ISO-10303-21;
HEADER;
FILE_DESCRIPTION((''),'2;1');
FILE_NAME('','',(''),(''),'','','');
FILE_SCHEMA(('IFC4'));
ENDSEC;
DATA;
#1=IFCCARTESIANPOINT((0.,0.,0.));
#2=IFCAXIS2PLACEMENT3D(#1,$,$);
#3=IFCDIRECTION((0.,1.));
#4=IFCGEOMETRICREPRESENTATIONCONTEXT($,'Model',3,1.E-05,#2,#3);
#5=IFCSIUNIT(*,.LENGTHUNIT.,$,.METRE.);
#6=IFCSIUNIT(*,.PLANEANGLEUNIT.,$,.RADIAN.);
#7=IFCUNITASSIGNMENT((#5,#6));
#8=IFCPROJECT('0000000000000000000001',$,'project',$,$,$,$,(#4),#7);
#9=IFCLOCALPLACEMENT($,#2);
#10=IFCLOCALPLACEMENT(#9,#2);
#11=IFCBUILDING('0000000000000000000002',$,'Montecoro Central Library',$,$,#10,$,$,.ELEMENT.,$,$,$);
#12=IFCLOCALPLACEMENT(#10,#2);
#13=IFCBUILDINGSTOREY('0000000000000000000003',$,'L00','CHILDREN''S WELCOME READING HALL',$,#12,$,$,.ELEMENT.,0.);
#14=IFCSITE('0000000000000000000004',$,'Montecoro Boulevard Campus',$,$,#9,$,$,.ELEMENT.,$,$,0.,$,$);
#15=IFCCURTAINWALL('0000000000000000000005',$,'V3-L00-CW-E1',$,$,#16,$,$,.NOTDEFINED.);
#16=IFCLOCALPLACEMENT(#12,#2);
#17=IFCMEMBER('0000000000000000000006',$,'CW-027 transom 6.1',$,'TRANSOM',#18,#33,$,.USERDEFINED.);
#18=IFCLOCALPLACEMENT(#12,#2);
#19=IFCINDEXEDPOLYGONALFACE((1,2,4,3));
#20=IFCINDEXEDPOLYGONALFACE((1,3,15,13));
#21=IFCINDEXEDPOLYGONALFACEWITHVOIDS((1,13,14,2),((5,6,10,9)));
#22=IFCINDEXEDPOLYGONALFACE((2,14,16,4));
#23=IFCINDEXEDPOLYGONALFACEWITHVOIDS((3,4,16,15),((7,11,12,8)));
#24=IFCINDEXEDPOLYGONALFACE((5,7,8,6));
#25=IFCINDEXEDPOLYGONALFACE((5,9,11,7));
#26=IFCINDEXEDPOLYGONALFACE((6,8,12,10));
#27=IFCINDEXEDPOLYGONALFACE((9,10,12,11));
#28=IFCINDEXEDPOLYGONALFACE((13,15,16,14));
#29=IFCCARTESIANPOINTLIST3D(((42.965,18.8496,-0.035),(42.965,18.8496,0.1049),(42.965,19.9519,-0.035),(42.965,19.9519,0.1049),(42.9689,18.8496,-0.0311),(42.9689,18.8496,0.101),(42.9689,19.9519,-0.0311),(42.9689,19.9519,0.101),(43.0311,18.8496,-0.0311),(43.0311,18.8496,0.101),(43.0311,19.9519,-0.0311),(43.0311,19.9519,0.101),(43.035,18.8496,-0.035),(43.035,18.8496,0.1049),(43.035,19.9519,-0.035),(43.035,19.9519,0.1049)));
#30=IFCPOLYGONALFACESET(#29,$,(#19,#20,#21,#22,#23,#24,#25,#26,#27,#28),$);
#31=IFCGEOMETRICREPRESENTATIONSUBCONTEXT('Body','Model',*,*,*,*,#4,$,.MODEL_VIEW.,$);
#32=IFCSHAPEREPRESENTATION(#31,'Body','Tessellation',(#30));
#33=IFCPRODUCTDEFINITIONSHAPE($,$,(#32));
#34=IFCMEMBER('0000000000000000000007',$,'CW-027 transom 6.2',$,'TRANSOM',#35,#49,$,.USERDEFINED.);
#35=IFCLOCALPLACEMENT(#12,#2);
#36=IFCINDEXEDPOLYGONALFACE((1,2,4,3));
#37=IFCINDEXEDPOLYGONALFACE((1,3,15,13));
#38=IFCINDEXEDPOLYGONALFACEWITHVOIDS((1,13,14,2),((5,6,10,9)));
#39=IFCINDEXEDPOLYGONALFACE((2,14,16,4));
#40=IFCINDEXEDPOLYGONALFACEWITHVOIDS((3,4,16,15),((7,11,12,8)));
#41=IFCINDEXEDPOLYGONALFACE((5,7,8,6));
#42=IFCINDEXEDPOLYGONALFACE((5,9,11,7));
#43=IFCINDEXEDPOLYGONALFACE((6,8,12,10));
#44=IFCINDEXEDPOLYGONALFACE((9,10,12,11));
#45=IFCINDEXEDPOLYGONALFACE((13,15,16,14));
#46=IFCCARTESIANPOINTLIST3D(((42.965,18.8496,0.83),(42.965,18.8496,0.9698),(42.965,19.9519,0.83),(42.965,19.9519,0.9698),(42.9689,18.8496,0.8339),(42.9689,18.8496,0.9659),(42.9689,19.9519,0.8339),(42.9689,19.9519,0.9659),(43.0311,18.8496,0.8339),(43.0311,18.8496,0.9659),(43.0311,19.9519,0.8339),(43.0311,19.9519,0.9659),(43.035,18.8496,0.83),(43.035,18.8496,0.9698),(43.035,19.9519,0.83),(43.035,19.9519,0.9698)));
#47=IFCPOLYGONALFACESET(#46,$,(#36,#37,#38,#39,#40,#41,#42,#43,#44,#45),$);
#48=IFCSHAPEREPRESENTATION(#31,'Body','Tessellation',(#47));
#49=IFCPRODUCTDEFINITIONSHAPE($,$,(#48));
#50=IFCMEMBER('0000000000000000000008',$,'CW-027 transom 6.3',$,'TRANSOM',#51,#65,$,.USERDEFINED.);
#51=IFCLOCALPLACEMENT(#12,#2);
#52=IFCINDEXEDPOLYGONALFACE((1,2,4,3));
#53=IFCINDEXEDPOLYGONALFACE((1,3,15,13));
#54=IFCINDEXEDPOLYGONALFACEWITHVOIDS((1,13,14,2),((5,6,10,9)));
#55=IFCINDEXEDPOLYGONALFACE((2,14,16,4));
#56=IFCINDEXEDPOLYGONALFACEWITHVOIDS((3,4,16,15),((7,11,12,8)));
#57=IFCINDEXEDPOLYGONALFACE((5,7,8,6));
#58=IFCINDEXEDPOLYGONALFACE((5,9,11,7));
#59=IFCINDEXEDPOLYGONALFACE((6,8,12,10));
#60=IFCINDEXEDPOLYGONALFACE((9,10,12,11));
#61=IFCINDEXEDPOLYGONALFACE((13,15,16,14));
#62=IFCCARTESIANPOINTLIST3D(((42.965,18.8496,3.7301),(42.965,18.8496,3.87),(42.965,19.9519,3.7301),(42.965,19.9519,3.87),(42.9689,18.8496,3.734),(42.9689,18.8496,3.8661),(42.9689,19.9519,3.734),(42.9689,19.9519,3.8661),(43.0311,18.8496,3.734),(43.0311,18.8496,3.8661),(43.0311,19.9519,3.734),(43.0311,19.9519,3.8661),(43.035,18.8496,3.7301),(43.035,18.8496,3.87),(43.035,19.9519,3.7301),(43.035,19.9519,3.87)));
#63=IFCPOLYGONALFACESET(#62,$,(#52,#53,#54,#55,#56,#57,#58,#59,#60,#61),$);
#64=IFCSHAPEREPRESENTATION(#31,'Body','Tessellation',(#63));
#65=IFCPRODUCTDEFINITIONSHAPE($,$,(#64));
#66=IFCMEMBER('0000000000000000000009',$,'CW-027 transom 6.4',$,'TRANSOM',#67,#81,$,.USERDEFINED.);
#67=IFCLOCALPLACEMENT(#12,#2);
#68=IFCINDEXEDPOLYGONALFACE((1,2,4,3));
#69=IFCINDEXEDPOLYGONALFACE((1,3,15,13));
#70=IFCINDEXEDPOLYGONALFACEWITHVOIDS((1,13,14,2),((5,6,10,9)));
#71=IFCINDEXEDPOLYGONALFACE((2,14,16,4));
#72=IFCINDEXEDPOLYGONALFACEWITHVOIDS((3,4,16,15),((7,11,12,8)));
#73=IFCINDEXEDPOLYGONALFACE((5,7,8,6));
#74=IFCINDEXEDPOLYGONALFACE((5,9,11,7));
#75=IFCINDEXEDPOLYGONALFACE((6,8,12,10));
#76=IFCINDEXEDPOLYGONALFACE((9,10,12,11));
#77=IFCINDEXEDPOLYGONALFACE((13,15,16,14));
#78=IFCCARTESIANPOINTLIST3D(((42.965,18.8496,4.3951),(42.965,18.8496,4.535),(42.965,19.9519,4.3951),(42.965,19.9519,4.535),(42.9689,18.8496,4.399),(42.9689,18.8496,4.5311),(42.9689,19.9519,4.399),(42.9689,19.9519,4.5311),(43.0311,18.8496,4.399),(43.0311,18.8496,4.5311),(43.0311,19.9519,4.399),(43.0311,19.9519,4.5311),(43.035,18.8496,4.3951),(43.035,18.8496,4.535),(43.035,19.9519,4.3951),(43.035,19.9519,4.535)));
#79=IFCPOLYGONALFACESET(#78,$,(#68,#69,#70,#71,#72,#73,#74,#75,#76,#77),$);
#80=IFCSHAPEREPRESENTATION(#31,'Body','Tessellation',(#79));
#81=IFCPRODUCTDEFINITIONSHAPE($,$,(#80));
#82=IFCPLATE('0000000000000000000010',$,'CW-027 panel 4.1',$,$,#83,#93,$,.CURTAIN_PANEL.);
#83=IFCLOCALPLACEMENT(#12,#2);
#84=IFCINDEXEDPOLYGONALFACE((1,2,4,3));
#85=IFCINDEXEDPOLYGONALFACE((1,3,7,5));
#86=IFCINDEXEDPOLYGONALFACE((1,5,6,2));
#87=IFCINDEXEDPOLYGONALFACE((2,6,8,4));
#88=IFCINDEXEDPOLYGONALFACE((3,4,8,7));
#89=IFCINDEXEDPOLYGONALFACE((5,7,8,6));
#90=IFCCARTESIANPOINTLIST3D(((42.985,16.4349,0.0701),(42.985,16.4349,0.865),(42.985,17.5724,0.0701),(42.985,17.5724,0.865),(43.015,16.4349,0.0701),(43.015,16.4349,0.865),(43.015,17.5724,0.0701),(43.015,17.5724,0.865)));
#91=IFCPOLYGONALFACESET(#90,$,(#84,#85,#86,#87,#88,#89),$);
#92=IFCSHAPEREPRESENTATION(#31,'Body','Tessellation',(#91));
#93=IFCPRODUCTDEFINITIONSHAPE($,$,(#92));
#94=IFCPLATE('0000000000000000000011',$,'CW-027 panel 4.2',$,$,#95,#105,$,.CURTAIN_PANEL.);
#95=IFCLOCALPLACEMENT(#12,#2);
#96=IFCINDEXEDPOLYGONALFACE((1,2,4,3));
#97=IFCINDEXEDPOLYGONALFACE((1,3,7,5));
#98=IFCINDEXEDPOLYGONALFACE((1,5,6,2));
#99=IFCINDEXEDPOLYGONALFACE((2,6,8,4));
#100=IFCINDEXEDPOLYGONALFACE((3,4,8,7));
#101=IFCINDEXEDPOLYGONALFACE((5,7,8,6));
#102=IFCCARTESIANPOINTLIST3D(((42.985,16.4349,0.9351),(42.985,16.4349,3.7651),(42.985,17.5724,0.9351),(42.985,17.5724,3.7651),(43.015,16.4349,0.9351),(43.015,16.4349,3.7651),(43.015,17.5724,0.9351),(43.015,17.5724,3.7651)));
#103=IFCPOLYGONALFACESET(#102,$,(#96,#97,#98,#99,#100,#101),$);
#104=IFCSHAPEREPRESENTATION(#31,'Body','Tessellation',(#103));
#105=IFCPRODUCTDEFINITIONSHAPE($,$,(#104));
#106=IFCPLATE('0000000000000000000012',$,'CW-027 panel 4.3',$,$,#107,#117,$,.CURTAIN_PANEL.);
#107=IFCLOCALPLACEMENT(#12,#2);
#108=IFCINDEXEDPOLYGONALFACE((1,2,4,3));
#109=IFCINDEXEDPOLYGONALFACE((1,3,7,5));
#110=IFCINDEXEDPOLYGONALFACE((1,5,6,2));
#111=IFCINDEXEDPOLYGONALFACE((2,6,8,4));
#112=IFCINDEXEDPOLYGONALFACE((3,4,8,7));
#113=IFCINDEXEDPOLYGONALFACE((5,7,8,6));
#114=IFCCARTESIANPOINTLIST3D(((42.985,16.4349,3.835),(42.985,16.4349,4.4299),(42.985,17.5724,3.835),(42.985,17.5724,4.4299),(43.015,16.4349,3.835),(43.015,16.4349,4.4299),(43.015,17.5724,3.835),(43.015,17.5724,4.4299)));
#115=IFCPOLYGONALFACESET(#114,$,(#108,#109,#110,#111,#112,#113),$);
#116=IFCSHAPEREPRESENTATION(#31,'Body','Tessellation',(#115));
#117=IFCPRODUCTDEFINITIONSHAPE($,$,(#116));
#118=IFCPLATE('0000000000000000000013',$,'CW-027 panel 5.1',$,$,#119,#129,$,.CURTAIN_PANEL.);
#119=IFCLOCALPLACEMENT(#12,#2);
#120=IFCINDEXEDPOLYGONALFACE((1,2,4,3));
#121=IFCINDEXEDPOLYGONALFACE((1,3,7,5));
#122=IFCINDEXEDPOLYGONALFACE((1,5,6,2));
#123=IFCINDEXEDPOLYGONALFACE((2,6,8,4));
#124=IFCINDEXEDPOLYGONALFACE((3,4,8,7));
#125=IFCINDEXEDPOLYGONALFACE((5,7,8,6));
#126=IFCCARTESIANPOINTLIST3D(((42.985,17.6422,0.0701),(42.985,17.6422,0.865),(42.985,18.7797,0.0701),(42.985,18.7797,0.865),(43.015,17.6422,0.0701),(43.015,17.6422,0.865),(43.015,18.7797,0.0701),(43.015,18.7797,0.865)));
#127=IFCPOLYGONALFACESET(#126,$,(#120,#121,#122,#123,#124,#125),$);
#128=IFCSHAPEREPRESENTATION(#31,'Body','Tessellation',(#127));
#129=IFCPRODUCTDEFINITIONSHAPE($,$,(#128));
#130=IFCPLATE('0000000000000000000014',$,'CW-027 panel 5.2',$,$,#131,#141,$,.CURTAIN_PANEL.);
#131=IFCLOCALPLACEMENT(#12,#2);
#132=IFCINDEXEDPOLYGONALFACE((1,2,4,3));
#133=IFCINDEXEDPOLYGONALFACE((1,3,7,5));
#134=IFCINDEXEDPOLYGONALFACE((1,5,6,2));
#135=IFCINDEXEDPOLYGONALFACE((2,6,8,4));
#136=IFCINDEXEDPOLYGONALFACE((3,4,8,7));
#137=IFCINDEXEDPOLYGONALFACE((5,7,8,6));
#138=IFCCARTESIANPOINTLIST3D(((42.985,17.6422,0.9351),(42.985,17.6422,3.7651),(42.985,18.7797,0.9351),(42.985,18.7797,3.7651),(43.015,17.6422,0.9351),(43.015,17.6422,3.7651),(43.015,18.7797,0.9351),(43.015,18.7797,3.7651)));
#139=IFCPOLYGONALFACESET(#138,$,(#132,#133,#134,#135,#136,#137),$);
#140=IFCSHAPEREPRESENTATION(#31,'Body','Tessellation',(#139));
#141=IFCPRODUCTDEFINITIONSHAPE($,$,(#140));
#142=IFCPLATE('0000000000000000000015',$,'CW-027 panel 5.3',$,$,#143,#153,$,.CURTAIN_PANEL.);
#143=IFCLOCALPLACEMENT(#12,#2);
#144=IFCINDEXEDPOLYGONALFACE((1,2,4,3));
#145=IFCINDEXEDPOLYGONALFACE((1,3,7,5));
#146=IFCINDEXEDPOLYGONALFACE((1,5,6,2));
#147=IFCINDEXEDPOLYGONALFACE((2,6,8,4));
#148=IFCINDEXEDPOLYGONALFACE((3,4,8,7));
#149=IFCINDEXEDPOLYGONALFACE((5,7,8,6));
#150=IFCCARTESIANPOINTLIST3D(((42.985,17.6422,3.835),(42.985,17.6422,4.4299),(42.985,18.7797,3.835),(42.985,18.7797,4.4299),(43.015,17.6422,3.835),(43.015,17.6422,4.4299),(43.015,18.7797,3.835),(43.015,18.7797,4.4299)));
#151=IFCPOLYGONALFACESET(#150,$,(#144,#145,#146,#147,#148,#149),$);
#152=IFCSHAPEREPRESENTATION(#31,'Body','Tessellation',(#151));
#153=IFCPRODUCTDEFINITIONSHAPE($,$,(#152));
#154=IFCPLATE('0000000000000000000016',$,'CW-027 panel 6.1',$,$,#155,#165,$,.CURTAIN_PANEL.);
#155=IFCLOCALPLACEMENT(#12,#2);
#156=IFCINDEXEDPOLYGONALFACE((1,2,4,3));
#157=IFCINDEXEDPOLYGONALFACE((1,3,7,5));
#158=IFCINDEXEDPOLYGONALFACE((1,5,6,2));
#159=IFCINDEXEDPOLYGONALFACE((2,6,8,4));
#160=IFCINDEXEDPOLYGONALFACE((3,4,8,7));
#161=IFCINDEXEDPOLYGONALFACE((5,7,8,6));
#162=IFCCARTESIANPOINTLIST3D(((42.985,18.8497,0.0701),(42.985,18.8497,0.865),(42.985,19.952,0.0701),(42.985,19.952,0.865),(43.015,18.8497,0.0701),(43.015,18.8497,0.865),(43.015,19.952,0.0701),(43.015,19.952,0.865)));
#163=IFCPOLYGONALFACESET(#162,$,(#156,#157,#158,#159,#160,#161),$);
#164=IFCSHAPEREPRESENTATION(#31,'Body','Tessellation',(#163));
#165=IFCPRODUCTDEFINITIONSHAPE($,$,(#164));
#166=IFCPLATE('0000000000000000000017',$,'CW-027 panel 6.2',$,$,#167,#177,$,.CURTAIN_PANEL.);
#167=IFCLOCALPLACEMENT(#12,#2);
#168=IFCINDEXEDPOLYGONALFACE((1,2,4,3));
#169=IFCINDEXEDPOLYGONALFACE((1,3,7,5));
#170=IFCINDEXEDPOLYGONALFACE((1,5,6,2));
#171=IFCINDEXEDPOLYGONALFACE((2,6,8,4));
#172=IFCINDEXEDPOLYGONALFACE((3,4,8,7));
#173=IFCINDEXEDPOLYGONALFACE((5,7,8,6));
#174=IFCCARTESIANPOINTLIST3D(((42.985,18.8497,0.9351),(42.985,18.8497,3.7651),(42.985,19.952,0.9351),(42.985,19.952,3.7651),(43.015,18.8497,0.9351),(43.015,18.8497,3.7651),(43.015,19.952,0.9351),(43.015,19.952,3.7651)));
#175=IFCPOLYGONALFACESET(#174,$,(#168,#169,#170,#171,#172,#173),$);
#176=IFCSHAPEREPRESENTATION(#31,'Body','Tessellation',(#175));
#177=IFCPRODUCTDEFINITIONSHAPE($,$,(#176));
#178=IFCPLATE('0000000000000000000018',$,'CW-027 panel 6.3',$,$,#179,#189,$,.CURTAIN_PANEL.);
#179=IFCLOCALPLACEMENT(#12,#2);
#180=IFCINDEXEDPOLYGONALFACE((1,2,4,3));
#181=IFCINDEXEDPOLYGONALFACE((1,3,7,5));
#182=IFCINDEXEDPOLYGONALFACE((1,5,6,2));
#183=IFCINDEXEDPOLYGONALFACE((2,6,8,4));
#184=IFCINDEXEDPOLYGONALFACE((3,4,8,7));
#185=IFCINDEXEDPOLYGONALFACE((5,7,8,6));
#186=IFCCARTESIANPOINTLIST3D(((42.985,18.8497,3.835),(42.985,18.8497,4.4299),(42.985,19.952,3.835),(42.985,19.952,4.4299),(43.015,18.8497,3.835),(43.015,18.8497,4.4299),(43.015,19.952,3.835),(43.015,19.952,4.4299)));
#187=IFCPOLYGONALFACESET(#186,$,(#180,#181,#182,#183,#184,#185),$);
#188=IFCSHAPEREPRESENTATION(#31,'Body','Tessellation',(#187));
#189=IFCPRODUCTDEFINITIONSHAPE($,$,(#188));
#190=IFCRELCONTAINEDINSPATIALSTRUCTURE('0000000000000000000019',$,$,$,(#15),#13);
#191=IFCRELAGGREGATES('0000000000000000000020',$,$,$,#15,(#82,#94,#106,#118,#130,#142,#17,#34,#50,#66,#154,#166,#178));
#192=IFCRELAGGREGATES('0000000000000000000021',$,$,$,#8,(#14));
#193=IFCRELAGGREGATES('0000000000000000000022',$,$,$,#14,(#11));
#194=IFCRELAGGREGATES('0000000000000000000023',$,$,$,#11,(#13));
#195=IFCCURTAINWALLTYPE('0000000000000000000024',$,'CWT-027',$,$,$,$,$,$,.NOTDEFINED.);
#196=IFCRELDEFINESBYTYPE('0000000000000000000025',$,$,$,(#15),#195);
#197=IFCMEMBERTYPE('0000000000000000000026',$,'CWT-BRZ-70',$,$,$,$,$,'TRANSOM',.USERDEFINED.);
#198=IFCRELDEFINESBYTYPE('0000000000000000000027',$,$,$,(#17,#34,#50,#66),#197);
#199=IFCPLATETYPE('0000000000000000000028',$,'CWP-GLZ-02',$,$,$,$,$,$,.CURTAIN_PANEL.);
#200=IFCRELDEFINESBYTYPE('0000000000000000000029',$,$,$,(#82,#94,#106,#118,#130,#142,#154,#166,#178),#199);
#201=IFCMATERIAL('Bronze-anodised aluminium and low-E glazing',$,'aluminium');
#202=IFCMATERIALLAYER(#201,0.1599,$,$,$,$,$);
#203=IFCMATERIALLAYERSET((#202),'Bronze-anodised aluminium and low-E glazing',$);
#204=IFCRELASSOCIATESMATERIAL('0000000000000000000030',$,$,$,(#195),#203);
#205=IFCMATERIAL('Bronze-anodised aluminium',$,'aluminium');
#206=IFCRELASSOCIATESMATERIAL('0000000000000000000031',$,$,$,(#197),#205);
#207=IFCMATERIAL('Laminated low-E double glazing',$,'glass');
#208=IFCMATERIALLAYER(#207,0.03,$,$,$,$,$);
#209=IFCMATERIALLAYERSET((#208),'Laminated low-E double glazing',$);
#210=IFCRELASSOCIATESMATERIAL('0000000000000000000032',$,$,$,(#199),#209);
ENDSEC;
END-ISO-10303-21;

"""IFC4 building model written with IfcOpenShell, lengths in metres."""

from ifc_helpers import new_model, si_unit, direction, frame, origin, origin_2d, place, context, subcontext, project, spatial, rectangle, hollow_rectangle, extrude, material, layer, layer_set, material_profile, profile_set, type_object, element, aggregate, save


model = new_model("IFC4")

# Units and contexts
model_context = context("Model", 3, precision=1e-05, world=origin(), true_north=direction((0.0, 1.0)))
body_context = subcontext(model_context, "Body", "Model", "MODEL_VIEW")
ifc_project = project(units=[si_unit("LENGTHUNIT", "METRE"), si_unit("PLANEANGLEUNIT", "RADIAN")], contexts=[model_context])

# Site, building, storey
site_placement = place(None, origin())
site = spatial("IfcSite", under=ifc_project, at=site_placement, Name="Montecoro Boulevard Campus", CompositionType="ELEMENT", RefElevation=0.0)
building_placement = place(site_placement, origin())
building = spatial("IfcBuilding", under=site, at=building_placement, Name="Montecoro Central Library", CompositionType="ELEMENT")
storey_placement = place(building_placement, origin())
storey = spatial("IfcBuildingStorey", under=building, at=storey_placement, Name="L00", Description="CHILDREN'S WELCOME READING HALL", CompositionType="ELEMENT", Elevation=0.0)

# Curtain wall, members, plates
ifc_material_1 = material(Name="Bronze-anodised aluminium and low-E glazing", Category="aluminium")
ifc_layer_1 = layer(ifc_material_1, 0.1599)
ifc_layer_set_1 = layer_set([ifc_layer_1], Name="Bronze-anodised aluminium and low-E glazing")
curtain_wall_type = type_object("IfcCurtainWallType", Name="CWT-027", PredefinedType="NOTDEFINED", material=ifc_layer_set_1)
curtain_wall_placement = place(storey_placement, origin())
curtain_wall = element("IfcCurtainWall", 1, at=curtain_wall_placement, inside=storey, type_object=curtain_wall_type, Name="V3-L00-CW-E1", PredefinedType="NOTDEFINED")
ifc_material_2 = material(Name="Bronze-anodised aluminium", Category="aluminium")
ifc_material_profile_1 = material_profile(ifc_material_2, hollow_rectangle(XDim=0.0701, YDim=0.1399, WallThickness=0.0039, at=origin_2d()), Name="CWT 140x70x4.0")
ifc_profile_set_1 = profile_set([ifc_material_profile_1], Name="Bronze-anodised aluminium")
member_type_1 = type_object("IfcMemberType", Name="CWT-BRZ-70", ElementType="TRANSOM", PredefinedType="USERDEFINED", material=ifc_profile_set_1)
member_1_placement = place(storey_placement, frame((43.0, 18.8496, 0.0349), z_axis=(0.0, 1.0, 0.0), x_axis=(-1.0, 0.0, 0.0)))
member_1 = element("IfcMember", 2, at=member_1_placement, type_object=member_type_1, Name="CW-027 transom 6.1", ObjectType="TRANSOM", PredefinedType="USERDEFINED", context=body_context, shape_type="SweptSolid", body=[
    extrude(hollow_rectangle(XDim=0.0701, YDim=0.1399, WallThickness=0.0039, at=origin_2d()), origin(), (0.0, 0.0, 1.0), 1.1023),
])
member_2_placement = place(storey_placement, frame((43.0, 18.8496, 0.8999), z_axis=(0.0, 1.0, 0.0), x_axis=(-1.0, 0.0, 0.0)))
member_2 = element("IfcMember", 3, at=member_2_placement, type_object=member_type_1, Name="CW-027 transom 6.2", ObjectType="TRANSOM", PredefinedType="USERDEFINED", context=body_context, shape_type="SweptSolid", body=[
    extrude(hollow_rectangle(XDim=0.0701, YDim=0.1399, WallThickness=0.0039, at=origin_2d()), origin(), (0.0, 0.0, 1.0), 1.1023),
])
member_3_placement = place(storey_placement, frame((43.0, 18.8496, 3.8), z_axis=(0.0, 1.0, 0.0), x_axis=(-1.0, 0.0, 0.0)))
member_3 = element("IfcMember", 4, at=member_3_placement, type_object=member_type_1, Name="CW-027 transom 6.3", ObjectType="TRANSOM", PredefinedType="USERDEFINED", context=body_context, shape_type="SweptSolid", body=[
    extrude(hollow_rectangle(XDim=0.0701, YDim=0.1399, WallThickness=0.0039, at=origin_2d()), origin(), (0.0, 0.0, 1.0), 1.1023),
])
member_4_placement = place(storey_placement, frame((43.0, 18.8496, 4.4651), z_axis=(0.0, 1.0, 0.0), x_axis=(-1.0, 0.0, 0.0)))
member_4 = element("IfcMember", 5, at=member_4_placement, type_object=member_type_1, Name="CW-027 transom 6.4", ObjectType="TRANSOM", PredefinedType="USERDEFINED", context=body_context, shape_type="SweptSolid", body=[
    extrude(hollow_rectangle(XDim=0.0701, YDim=0.1399, WallThickness=0.0039, at=origin_2d()), origin(), (0.0, 0.0, 1.0), 1.1023),
])
ifc_material_3 = material(Name="Laminated low-E double glazing", Category="glass")
ifc_layer_2 = layer(ifc_material_3, 0.03)
ifc_layer_set_2 = layer_set([ifc_layer_2], Name="Laminated low-E double glazing")
plate_type = type_object("IfcPlateType", Name="CWP-GLZ-02", PredefinedType="CURTAIN_PANEL", material=ifc_layer_set_2)
plate_1_placement = place(storey_placement, frame((43.0, 17.0037, 0.0701), z_axis=(0.0, 0.0, 1.0), x_axis=(0.0, 1.0, 0.0)))
plate_1 = element("IfcPlate", 6, at=plate_1_placement, type_object=plate_type, Name="CW-027 panel 4.1", PredefinedType="CURTAIN_PANEL", context=body_context, shape_type="SweptSolid", body=[
    extrude(rectangle(XDim=1.1375, YDim=0.03, at=origin_2d()), origin(), (0.0, 0.0, 1.0), 0.7949),
])
plate_2_placement = place(storey_placement, frame((43.0, 17.0037, 0.9351), z_axis=(0.0, 0.0, 1.0), x_axis=(0.0, 1.0, 0.0)))
plate_2 = element("IfcPlate", 7, at=plate_2_placement, type_object=plate_type, Name="CW-027 panel 4.2", PredefinedType="CURTAIN_PANEL", context=body_context, shape_type="SweptSolid", body=[
    extrude(rectangle(XDim=1.1375, YDim=0.03, at=origin_2d()), origin(), (0.0, 0.0, 1.0), 2.8301),
])
plate_3_placement = place(storey_placement, frame((43.0, 17.0037, 3.835), z_axis=(0.0, 0.0, 1.0), x_axis=(0.0, 1.0, 0.0)))
plate_3 = element("IfcPlate", 8, at=plate_3_placement, type_object=plate_type, Name="CW-027 panel 4.3", PredefinedType="CURTAIN_PANEL", context=body_context, shape_type="SweptSolid", body=[
    extrude(rectangle(XDim=1.1375, YDim=0.03, at=origin_2d()), origin(), (0.0, 0.0, 1.0), 0.595),
])
plate_4_placement = place(storey_placement, frame((43.0, 18.2109, 0.0701), z_axis=(0.0, 0.0, 1.0), x_axis=(0.0, 1.0, 0.0)))
plate_4 = element("IfcPlate", 9, at=plate_4_placement, type_object=plate_type, Name="CW-027 panel 5.1", PredefinedType="CURTAIN_PANEL", context=body_context, shape_type="SweptSolid", body=[
    extrude(rectangle(XDim=1.1375, YDim=0.03, at=origin_2d()), origin(), (0.0, 0.0, 1.0), 0.7949),
])
plate_5_placement = place(storey_placement, frame((43.0, 18.2109, 0.9351), z_axis=(0.0, 0.0, 1.0), x_axis=(0.0, 1.0, 0.0)))
plate_5 = element("IfcPlate", 10, at=plate_5_placement, type_object=plate_type, Name="CW-027 panel 5.2", PredefinedType="CURTAIN_PANEL", context=body_context, shape_type="SweptSolid", body=[
    extrude(rectangle(XDim=1.1375, YDim=0.03, at=origin_2d()), origin(), (0.0, 0.0, 1.0), 2.8301),
])
plate_6_placement = place(storey_placement, frame((43.0, 18.2109, 3.835), z_axis=(0.0, 0.0, 1.0), x_axis=(0.0, 1.0, 0.0)))
plate_6 = element("IfcPlate", 11, at=plate_6_placement, type_object=plate_type, Name="CW-027 panel 5.3", PredefinedType="CURTAIN_PANEL", context=body_context, shape_type="SweptSolid", body=[
    extrude(rectangle(XDim=1.1375, YDim=0.03, at=origin_2d()), origin(), (0.0, 0.0, 1.0), 0.595),
])
plate_7_placement = place(storey_placement, frame((43.0, 19.4009, 0.0701), z_axis=(0.0, 0.0, 1.0), x_axis=(0.0, 1.0, 0.0)))
plate_7 = element("IfcPlate", 12, at=plate_7_placement, type_object=plate_type, Name="CW-027 panel 6.1", PredefinedType="CURTAIN_PANEL", context=body_context, shape_type="SweptSolid", body=[
    extrude(rectangle(XDim=1.1023, YDim=0.03, at=origin_2d()), origin(), (0.0, 0.0, 1.0), 0.7949),
])
plate_8_placement = place(storey_placement, frame((43.0, 19.4009, 0.9351), z_axis=(0.0, 0.0, 1.0), x_axis=(0.0, 1.0, 0.0)))
plate_8 = element("IfcPlate", 13, at=plate_8_placement, type_object=plate_type, Name="CW-027 panel 6.2", PredefinedType="CURTAIN_PANEL", context=body_context, shape_type="SweptSolid", body=[
    extrude(rectangle(XDim=1.1023, YDim=0.03, at=origin_2d()), origin(), (0.0, 0.0, 1.0), 2.8301),
])
plate_9_placement = place(storey_placement, frame((43.0, 19.4009, 3.835), z_axis=(0.0, 0.0, 1.0), x_axis=(0.0, 1.0, 0.0)))
plate_9 = element("IfcPlate", 14, at=plate_9_placement, type_object=plate_type, Name="CW-027 panel 6.3", PredefinedType="CURTAIN_PANEL", context=body_context, shape_type="SweptSolid", body=[
    extrude(rectangle(XDim=1.1023, YDim=0.03, at=origin_2d()), origin(), (0.0, 0.0, 1.0), 0.595),
])
aggregate(curtain_wall, [plate_1, plate_2, plate_3, plate_4, plate_5, plate_6, member_1, member_2, member_3, member_4, plate_7, plate_8, plate_9])

save(model, "model.ifc")
